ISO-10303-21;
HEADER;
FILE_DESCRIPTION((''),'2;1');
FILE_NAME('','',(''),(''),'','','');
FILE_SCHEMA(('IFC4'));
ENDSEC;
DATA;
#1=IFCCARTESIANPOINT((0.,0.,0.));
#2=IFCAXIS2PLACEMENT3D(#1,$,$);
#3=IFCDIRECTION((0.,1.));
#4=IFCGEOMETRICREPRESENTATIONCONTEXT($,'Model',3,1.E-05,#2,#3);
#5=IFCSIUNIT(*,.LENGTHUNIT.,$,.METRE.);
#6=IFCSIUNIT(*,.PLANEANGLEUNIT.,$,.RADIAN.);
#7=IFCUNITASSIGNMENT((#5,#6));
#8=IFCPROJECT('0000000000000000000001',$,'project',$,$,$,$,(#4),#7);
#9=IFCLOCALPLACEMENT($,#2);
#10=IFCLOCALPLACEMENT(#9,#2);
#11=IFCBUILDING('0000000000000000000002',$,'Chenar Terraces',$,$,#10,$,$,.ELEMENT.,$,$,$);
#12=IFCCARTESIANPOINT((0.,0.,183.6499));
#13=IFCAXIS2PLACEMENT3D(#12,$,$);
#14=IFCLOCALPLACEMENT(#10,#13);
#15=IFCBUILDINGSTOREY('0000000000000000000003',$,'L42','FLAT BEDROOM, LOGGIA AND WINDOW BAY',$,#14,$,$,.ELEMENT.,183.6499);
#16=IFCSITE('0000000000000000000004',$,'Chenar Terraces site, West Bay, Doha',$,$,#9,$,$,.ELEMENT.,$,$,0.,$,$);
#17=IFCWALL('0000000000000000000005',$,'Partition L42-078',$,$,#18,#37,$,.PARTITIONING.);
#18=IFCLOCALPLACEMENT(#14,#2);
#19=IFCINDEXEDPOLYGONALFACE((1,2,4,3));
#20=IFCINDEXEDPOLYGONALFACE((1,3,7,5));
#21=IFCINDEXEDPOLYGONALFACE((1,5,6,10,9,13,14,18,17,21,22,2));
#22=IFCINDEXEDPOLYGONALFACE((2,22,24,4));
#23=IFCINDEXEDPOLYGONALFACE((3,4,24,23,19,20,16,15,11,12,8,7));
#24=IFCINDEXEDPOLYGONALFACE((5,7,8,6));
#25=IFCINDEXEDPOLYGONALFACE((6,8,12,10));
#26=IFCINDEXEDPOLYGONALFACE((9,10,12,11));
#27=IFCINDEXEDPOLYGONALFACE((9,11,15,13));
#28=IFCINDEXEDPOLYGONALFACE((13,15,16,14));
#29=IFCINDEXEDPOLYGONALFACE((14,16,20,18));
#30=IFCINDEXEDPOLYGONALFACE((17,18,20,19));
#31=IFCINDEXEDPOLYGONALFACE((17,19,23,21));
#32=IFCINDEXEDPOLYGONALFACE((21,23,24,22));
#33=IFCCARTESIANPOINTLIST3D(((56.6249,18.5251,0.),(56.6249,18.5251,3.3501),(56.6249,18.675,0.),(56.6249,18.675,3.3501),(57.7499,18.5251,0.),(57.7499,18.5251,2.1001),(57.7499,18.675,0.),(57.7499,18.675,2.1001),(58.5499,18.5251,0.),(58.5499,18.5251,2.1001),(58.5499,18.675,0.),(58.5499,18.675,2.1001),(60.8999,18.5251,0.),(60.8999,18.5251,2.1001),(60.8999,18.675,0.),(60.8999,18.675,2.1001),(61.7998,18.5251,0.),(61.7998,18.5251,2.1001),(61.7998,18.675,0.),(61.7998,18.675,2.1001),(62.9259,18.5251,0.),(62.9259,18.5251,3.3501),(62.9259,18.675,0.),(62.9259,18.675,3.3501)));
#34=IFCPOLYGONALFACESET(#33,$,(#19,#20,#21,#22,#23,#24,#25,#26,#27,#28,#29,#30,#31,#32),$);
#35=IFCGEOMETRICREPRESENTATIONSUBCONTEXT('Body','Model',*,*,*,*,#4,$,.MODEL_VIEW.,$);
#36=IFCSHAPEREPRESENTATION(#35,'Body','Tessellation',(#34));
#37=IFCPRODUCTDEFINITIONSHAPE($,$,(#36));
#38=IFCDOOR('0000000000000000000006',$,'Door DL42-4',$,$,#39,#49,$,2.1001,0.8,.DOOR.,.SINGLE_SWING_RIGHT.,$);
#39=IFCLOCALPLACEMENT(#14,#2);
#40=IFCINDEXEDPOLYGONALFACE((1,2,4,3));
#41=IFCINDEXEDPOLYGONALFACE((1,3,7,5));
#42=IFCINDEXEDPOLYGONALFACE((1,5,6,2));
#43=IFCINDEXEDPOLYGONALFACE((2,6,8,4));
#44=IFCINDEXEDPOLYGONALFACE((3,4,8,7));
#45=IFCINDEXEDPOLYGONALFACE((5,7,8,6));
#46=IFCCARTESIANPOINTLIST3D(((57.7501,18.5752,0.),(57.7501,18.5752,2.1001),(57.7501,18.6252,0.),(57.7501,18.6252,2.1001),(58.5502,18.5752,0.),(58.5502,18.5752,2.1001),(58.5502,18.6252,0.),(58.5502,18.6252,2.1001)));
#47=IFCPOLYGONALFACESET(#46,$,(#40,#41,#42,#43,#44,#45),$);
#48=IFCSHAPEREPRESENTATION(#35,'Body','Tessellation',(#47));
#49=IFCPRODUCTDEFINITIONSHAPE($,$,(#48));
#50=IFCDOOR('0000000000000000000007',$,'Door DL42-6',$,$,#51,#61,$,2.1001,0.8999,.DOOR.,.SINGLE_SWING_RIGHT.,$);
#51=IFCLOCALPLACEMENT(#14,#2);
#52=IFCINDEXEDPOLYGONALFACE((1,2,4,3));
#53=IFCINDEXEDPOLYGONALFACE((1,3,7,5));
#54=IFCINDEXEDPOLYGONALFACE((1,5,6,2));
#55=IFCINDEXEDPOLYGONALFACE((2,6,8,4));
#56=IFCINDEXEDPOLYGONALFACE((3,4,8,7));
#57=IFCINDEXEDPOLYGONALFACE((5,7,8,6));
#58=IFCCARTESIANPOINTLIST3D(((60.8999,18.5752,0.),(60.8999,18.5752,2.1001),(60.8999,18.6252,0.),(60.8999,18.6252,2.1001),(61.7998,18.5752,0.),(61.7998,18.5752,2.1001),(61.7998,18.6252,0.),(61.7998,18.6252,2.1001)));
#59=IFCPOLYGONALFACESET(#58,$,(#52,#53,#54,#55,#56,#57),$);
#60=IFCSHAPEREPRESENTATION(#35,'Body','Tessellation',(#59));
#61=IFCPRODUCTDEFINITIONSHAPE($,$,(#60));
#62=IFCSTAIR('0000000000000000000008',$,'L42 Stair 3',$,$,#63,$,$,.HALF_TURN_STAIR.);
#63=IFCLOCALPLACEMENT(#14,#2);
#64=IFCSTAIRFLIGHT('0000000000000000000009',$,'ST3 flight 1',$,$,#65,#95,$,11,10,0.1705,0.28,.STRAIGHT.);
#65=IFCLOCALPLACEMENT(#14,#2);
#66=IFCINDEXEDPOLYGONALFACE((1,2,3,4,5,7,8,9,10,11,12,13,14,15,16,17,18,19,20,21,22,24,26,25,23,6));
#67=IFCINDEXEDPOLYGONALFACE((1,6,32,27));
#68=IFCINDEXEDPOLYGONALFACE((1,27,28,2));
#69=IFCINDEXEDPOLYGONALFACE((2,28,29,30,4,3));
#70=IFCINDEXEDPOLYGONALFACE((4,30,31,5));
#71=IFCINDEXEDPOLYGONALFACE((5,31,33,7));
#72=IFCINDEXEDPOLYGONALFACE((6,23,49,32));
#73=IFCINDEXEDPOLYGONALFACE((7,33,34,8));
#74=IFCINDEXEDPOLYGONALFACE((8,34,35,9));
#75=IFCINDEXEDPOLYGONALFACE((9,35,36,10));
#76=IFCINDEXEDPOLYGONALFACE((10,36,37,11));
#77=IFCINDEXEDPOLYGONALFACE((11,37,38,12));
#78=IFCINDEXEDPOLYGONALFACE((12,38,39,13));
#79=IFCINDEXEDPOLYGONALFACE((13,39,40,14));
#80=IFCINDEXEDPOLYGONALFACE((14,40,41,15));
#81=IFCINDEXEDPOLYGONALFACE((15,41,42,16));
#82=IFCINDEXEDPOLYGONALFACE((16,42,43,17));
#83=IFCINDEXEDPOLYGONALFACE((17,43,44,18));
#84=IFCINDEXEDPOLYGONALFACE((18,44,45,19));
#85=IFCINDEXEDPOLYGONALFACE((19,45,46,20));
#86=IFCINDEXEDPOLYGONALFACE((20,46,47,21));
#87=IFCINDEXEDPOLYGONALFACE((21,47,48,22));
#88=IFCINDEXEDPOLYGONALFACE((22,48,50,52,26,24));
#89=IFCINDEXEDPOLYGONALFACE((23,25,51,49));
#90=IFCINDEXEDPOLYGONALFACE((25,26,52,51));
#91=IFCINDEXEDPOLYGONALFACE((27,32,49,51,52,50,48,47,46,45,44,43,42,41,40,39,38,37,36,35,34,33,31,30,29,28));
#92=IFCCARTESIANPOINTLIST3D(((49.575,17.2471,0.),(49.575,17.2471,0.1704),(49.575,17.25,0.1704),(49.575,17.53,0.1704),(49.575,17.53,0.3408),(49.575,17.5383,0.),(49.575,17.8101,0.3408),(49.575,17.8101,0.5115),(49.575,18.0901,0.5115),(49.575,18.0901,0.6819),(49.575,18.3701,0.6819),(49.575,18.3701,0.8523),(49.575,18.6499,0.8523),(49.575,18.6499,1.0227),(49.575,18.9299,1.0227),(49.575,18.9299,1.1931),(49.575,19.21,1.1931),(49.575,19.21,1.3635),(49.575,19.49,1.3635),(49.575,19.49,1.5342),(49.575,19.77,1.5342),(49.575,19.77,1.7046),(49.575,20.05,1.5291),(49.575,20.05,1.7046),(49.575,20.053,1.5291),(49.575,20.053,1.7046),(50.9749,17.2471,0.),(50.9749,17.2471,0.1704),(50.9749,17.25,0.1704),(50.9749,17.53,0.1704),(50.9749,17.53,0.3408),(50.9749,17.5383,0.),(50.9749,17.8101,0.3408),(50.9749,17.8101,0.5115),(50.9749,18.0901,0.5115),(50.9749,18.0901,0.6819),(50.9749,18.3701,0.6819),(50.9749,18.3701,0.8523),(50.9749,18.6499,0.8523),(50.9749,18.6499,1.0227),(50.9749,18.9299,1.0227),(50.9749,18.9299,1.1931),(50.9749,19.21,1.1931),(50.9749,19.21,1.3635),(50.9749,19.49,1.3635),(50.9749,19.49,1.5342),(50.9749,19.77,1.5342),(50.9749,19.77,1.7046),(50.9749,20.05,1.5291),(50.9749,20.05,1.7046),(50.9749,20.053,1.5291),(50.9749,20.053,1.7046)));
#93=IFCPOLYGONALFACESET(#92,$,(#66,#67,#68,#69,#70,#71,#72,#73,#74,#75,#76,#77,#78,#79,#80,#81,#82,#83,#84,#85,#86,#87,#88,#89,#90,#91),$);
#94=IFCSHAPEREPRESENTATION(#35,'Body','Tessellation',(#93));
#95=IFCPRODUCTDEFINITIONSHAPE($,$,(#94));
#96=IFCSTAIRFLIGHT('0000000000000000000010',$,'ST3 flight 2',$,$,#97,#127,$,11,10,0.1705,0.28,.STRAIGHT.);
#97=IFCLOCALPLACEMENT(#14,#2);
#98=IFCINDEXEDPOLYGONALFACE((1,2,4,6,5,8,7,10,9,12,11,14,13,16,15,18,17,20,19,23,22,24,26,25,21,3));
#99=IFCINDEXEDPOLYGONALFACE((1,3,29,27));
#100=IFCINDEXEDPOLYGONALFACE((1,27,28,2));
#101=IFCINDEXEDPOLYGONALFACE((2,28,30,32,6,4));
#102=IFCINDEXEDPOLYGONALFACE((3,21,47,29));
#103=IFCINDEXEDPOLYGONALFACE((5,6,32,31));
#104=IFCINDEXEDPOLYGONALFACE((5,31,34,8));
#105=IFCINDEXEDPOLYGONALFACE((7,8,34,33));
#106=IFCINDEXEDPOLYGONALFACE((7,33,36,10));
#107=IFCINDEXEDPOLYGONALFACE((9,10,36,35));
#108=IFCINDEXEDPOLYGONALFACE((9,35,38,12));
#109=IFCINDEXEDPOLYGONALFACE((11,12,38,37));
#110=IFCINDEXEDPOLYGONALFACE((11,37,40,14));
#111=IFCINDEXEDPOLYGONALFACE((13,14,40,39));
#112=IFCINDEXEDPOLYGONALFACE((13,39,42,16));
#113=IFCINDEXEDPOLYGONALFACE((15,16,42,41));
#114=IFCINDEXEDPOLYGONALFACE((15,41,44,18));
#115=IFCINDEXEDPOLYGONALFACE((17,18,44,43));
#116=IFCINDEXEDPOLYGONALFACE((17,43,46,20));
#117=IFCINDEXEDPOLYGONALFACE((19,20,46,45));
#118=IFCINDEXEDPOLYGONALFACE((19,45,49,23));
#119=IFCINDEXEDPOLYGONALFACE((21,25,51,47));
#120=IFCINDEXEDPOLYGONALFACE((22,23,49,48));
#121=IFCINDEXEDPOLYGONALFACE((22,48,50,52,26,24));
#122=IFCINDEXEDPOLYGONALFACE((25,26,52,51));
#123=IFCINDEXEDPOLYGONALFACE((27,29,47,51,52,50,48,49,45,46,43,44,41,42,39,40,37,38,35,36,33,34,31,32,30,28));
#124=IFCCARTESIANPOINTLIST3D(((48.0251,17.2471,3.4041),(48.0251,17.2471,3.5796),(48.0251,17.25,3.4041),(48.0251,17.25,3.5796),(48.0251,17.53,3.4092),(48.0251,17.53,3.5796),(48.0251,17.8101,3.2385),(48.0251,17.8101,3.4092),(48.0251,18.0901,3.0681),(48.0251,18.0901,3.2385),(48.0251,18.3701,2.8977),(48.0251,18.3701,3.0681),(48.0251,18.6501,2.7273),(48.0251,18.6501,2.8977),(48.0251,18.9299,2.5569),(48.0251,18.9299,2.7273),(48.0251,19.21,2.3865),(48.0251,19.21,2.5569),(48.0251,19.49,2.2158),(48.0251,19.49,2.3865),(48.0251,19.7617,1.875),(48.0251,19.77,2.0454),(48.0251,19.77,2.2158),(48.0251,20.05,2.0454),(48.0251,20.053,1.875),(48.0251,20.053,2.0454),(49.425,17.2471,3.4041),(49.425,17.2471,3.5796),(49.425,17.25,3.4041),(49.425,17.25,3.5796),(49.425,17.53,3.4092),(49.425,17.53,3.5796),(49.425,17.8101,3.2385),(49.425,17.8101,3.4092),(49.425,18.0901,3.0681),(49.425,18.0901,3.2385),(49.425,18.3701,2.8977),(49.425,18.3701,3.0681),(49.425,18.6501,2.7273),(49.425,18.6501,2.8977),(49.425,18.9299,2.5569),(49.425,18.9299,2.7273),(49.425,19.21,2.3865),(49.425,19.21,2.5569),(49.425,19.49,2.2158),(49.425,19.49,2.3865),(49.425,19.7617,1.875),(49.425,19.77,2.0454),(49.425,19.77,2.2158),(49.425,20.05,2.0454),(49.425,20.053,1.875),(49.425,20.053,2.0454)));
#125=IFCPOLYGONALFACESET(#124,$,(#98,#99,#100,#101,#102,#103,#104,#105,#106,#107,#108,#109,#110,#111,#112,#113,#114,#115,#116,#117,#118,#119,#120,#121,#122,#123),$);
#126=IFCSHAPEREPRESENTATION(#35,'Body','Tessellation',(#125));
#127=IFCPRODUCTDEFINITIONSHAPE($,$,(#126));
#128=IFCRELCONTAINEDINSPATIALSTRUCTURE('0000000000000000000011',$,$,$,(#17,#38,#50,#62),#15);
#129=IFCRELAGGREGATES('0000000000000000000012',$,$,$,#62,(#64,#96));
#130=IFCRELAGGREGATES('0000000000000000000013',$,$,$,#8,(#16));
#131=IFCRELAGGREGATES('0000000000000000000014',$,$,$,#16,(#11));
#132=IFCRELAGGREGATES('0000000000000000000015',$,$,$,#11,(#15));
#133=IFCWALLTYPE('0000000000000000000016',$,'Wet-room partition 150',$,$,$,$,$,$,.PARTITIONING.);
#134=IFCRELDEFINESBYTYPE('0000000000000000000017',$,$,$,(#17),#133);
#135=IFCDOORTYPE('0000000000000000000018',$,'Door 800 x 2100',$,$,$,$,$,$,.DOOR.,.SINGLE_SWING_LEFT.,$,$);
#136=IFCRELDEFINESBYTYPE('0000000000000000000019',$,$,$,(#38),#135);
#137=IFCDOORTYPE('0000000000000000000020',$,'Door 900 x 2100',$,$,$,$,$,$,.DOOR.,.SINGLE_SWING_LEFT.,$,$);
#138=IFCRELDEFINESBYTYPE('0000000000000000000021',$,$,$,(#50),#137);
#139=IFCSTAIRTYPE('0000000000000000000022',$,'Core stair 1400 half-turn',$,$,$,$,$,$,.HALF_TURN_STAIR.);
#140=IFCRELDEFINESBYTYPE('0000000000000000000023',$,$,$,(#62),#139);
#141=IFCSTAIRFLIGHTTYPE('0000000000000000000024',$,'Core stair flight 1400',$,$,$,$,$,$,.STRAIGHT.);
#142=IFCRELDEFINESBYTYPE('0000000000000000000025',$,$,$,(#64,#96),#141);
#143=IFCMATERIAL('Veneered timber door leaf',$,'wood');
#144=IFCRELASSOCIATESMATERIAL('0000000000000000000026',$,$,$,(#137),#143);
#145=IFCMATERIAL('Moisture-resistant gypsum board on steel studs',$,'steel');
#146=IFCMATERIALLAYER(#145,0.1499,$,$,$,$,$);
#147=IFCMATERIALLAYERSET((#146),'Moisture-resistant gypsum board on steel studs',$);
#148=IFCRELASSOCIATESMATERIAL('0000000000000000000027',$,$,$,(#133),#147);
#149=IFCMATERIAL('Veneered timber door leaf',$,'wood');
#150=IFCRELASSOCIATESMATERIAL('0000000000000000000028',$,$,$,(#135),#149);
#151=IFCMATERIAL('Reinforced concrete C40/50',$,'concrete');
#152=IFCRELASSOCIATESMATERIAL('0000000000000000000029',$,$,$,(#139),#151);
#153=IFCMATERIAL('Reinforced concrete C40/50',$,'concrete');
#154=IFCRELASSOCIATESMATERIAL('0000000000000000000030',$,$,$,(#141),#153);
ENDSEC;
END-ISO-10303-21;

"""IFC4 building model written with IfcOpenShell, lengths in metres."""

from ifc_helpers import new_model, si_unit, direction, frame, frame_2d, origin, place, context, subcontext, project, spatial, polyline, rectangle, outline, extrude, material, layer, layer_set, type_object, element, fill, aggregate, save


model = new_model("IFC4")

# Units and contexts
model_context = context("Model", 3, precision=1e-05, world=origin(), true_north=direction((0.0, 1.0)))
body_context = subcontext(model_context, "Body", "Model", "MODEL_VIEW")
ifc_project = project(units=[si_unit("LENGTHUNIT", "METRE"), si_unit("PLANEANGLEUNIT", "RADIAN")], contexts=[model_context])

# Site, building, storey
site_placement = place(None, origin())
site = spatial("IfcSite", under=ifc_project, at=site_placement, Name="Chenar Terraces site, West Bay, Doha", CompositionType="ELEMENT", RefElevation=0.0)
building_placement = place(site_placement, origin())
building = spatial("IfcBuilding", under=site, at=building_placement, Name="Chenar Terraces", CompositionType="ELEMENT")
storey_placement = place(building_placement, frame((0.0, 0.0, 183.6499)))
storey = spatial("IfcBuildingStorey", under=building, at=storey_placement, Name="L42", Description="FLAT BEDROOM, LOGGIA AND WINDOW BAY", CompositionType="ELEMENT", Elevation=183.6499)

# Shared definitions
ifc_material_1 = material(Name="Veneered timber door leaf", Category="wood")
door_type_1 = type_object("IfcDoorType", Name="Door 900 x 2100", OperationType="SINGLE_SWING_LEFT", PredefinedType="DOOR", material=ifc_material_1)

# Wall, openings, doors
ifc_material_2 = material(Name="Moisture-resistant gypsum board on steel studs", Category="steel")
ifc_layer_1 = layer(ifc_material_2, 0.1499)
ifc_layer_set_1 = layer_set([ifc_layer_1], Name="Moisture-resistant gypsum board on steel studs")
wall_type_1 = type_object("IfcWallType", Name="Wet-room partition 150", PredefinedType="PARTITIONING", material=ifc_layer_set_1)
wall_1_placement = place(storey_placement, frame((56.625, 18.6001, 0.0), z_axis=(0.0, 0.0, 1.0), x_axis=(1.0, 0.0, 0.0)))
wall_1 = element("IfcWall", 1, at=wall_1_placement, inside=storey, type_object=wall_type_1, Name="Partition L42-078", PredefinedType="PARTITIONING", context=body_context, shape_type="SweptSolid", body=[
    extrude(rectangle(XDim=6.301, YDim=0.1499, at=frame_2d((3.1504, 0.0))), origin(), (0.0, 0.0, 1.0), 3.3501),
])
opening_1_placement = place(wall_1_placement, frame((1.125, 0.0, 0.0)))
opening_1 = element("IfcOpeningElement", 2, at=opening_1_placement, cuts=wall_1, PredefinedType="OPENING", context=body_context, shape_type="SweptSolid", body=[
    extrude(rectangle(XDim=0.8, YDim=2.1001, at=frame_2d((0.3999, 1.05))), frame((0.0, 0.085, 0.0), z_axis=(0.0, -1.0, 0.0), x_axis=(1.0, 0.0, 0.0)), (0.0, 0.0, 1.0), 0.1699),
])
opening_2_placement = place(wall_1_placement, frame((4.2749, 0.0, 0.0)))
opening_2 = element("IfcOpeningElement", 3, at=opening_2_placement, cuts=wall_1, PredefinedType="OPENING", context=body_context, shape_type="SweptSolid", body=[
    extrude(rectangle(XDim=0.8999, YDim=2.1001, at=frame_2d((0.45, 1.05))), frame((0.0, 0.085, 0.0), z_axis=(0.0, -1.0, 0.0), x_axis=(1.0, 0.0, 0.0)), (0.0, 0.0, 1.0), 0.1699),
])
ifc_material_3 = material(Name="Veneered timber door leaf", Category="wood")
door_type_2 = type_object("IfcDoorType", Name="Door 800 x 2100", OperationType="SINGLE_SWING_LEFT", PredefinedType="DOOR", material=ifc_material_3)
door_1_placement = place(opening_1_placement, frame((0.8, 0.0, 0.0), z_axis=(0.0, 0.0, 1.0), x_axis=(-1.0, 0.0, 0.0)))
door_1 = element("IfcDoor", 4, at=door_1_placement, inside=storey, type_object=door_type_2, Name="Door DL42-4", OperationType="SINGLE_SWING_RIGHT", OverallHeight=2.1001, OverallWidth=0.8, PredefinedType="DOOR", context=body_context, shape_type="SweptSolid", body=[
    extrude(rectangle(XDim=0.8, YDim=2.1001, at=frame_2d((0.3999, 1.05))), frame((0.0, 0.0249, 0.0), z_axis=(0.0, -1.0, 0.0), x_axis=(1.0, 0.0, 0.0)), (0.0, 0.0, 1.0), 0.05),
])
fill(opening_1, door_1)
door_2_placement = place(opening_2_placement, frame((0.8999, 0.0, 0.0), z_axis=(0.0, 0.0, 1.0), x_axis=(-1.0, 0.0, 0.0)))
door_2 = element("IfcDoor", 5, at=door_2_placement, inside=storey, type_object=door_type_1, Name="Door DL42-6", OperationType="SINGLE_SWING_RIGHT", OverallHeight=2.1001, OverallWidth=0.8999, PredefinedType="DOOR", context=body_context, shape_type="SweptSolid", body=[
    extrude(rectangle(XDim=0.8999, YDim=2.1001, at=frame_2d((0.45, 1.05))), frame((0.0, 0.0249, 0.0), z_axis=(0.0, -1.0, 0.0), x_axis=(1.0, 0.0, 0.0)), (0.0, 0.0, 1.0), 0.05),
])
fill(opening_2, door_2)

# Stair, stair flights
ifc_material_4 = material(Name="Reinforced concrete C40/50", Category="concrete")
stair_type = type_object("IfcStairType", Name="Core stair 1400 half-turn", PredefinedType="HALF_TURN_STAIR", material=ifc_material_4)
stair_placement = place(storey_placement, origin())
stair = element("IfcStair", 6, at=stair_placement, inside=storey, type_object=stair_type, Name="L42 Stair 3", PredefinedType="HALF_TURN_STAIR")
ifc_material_5 = material(Name="Reinforced concrete C40/50", Category="concrete")
stair_flight_type = type_object("IfcStairFlightType", Name="Core stair flight 1400", PredefinedType="STRAIGHT", material=ifc_material_5)
stair_flight_1_placement = place(storey_placement, frame((50.2749, 17.25, 0.0), z_axis=(0.0, 0.0, 1.0), x_axis=(0.0, 1.0, 0.0)))
stair_flight_1 = element("IfcStairFlight", 7, at=stair_flight_1_placement, type_object=stair_flight_type, Name="ST3 flight 1", NumberOfRisers=11, NumberOfTreads=10, PredefinedType="STRAIGHT", RiserHeight=0.1705, TreadLength=0.28, context=body_context, shape_type="SweptSolid", body=[
    extrude(outline(polyline([(-0.0029, 0.0), (-0.0029, 0.1704), (0.0, 0.1704), (0.28, 0.1704), (0.28, 0.3408), (0.5601, 0.3408), (0.5601, 0.5115), (0.8401, 0.5115), (0.8401, 0.6819), (1.1201, 0.6819), (1.1201, 0.8523), (1.3999, 0.8523), (1.3999, 1.0227), (1.6799, 1.0227), (1.6799, 1.1931), (1.96, 1.1931), (1.96, 1.3635), (2.24, 1.3635), (2.24, 1.5342), (2.52, 1.5342), (2.52, 1.7046), (2.8, 1.7046), (2.803, 1.7046), (2.803, 1.5291), (2.8, 1.5291), (0.2883, 0.0), (-0.0029, 0.0)])), frame((0.0, 0.7, 0.0), z_axis=(0.0, -1.0, 0.0), x_axis=(1.0, 0.0, 0.0)), (0.0, 0.0, 1.0), 1.3999),
])
stair_flight_2_placement = place(storey_placement, frame((48.7251, 20.05, 1.875), z_axis=(0.0, 0.0, 1.0), x_axis=(0.0, -1.0, 0.0)))
stair_flight_2 = element("IfcStairFlight", 8, at=stair_flight_2_placement, type_object=stair_flight_type, Name="ST3 flight 2", NumberOfRisers=11, NumberOfTreads=10, PredefinedType="STRAIGHT", RiserHeight=0.1705, TreadLength=0.28, context=body_context, shape_type="SweptSolid", body=[
    extrude(outline(polyline([(-0.0029, 0.0), (-0.0029, 0.1704), (0.0, 0.1704), (0.28, 0.1704), (0.28, 0.3408), (0.5601, 0.3408), (0.5601, 0.5115), (0.8401, 0.5115), (0.8401, 0.6819), (1.1201, 0.6819), (1.1201, 0.8523), (1.3999, 0.8523), (1.3999, 1.0227), (1.6799, 1.0227), (1.6799, 1.1931), (1.96, 1.1931), (1.96, 1.3635), (2.24, 1.3635), (2.24, 1.5342), (2.52, 1.5342), (2.52, 1.7046), (2.8, 1.7046), (2.803, 1.7046), (2.803, 1.5291), (2.8, 1.5291), (0.2883, 0.0), (-0.0029, 0.0)])), frame((0.0, 0.7, 0.0), z_axis=(0.0, -1.0, 0.0), x_axis=(1.0, 0.0, 0.0)), (0.0, 0.0, 1.0), 1.3999),
])
aggregate(stair, [stair_flight_1, stair_flight_2])

save(model, "model.ifc")
